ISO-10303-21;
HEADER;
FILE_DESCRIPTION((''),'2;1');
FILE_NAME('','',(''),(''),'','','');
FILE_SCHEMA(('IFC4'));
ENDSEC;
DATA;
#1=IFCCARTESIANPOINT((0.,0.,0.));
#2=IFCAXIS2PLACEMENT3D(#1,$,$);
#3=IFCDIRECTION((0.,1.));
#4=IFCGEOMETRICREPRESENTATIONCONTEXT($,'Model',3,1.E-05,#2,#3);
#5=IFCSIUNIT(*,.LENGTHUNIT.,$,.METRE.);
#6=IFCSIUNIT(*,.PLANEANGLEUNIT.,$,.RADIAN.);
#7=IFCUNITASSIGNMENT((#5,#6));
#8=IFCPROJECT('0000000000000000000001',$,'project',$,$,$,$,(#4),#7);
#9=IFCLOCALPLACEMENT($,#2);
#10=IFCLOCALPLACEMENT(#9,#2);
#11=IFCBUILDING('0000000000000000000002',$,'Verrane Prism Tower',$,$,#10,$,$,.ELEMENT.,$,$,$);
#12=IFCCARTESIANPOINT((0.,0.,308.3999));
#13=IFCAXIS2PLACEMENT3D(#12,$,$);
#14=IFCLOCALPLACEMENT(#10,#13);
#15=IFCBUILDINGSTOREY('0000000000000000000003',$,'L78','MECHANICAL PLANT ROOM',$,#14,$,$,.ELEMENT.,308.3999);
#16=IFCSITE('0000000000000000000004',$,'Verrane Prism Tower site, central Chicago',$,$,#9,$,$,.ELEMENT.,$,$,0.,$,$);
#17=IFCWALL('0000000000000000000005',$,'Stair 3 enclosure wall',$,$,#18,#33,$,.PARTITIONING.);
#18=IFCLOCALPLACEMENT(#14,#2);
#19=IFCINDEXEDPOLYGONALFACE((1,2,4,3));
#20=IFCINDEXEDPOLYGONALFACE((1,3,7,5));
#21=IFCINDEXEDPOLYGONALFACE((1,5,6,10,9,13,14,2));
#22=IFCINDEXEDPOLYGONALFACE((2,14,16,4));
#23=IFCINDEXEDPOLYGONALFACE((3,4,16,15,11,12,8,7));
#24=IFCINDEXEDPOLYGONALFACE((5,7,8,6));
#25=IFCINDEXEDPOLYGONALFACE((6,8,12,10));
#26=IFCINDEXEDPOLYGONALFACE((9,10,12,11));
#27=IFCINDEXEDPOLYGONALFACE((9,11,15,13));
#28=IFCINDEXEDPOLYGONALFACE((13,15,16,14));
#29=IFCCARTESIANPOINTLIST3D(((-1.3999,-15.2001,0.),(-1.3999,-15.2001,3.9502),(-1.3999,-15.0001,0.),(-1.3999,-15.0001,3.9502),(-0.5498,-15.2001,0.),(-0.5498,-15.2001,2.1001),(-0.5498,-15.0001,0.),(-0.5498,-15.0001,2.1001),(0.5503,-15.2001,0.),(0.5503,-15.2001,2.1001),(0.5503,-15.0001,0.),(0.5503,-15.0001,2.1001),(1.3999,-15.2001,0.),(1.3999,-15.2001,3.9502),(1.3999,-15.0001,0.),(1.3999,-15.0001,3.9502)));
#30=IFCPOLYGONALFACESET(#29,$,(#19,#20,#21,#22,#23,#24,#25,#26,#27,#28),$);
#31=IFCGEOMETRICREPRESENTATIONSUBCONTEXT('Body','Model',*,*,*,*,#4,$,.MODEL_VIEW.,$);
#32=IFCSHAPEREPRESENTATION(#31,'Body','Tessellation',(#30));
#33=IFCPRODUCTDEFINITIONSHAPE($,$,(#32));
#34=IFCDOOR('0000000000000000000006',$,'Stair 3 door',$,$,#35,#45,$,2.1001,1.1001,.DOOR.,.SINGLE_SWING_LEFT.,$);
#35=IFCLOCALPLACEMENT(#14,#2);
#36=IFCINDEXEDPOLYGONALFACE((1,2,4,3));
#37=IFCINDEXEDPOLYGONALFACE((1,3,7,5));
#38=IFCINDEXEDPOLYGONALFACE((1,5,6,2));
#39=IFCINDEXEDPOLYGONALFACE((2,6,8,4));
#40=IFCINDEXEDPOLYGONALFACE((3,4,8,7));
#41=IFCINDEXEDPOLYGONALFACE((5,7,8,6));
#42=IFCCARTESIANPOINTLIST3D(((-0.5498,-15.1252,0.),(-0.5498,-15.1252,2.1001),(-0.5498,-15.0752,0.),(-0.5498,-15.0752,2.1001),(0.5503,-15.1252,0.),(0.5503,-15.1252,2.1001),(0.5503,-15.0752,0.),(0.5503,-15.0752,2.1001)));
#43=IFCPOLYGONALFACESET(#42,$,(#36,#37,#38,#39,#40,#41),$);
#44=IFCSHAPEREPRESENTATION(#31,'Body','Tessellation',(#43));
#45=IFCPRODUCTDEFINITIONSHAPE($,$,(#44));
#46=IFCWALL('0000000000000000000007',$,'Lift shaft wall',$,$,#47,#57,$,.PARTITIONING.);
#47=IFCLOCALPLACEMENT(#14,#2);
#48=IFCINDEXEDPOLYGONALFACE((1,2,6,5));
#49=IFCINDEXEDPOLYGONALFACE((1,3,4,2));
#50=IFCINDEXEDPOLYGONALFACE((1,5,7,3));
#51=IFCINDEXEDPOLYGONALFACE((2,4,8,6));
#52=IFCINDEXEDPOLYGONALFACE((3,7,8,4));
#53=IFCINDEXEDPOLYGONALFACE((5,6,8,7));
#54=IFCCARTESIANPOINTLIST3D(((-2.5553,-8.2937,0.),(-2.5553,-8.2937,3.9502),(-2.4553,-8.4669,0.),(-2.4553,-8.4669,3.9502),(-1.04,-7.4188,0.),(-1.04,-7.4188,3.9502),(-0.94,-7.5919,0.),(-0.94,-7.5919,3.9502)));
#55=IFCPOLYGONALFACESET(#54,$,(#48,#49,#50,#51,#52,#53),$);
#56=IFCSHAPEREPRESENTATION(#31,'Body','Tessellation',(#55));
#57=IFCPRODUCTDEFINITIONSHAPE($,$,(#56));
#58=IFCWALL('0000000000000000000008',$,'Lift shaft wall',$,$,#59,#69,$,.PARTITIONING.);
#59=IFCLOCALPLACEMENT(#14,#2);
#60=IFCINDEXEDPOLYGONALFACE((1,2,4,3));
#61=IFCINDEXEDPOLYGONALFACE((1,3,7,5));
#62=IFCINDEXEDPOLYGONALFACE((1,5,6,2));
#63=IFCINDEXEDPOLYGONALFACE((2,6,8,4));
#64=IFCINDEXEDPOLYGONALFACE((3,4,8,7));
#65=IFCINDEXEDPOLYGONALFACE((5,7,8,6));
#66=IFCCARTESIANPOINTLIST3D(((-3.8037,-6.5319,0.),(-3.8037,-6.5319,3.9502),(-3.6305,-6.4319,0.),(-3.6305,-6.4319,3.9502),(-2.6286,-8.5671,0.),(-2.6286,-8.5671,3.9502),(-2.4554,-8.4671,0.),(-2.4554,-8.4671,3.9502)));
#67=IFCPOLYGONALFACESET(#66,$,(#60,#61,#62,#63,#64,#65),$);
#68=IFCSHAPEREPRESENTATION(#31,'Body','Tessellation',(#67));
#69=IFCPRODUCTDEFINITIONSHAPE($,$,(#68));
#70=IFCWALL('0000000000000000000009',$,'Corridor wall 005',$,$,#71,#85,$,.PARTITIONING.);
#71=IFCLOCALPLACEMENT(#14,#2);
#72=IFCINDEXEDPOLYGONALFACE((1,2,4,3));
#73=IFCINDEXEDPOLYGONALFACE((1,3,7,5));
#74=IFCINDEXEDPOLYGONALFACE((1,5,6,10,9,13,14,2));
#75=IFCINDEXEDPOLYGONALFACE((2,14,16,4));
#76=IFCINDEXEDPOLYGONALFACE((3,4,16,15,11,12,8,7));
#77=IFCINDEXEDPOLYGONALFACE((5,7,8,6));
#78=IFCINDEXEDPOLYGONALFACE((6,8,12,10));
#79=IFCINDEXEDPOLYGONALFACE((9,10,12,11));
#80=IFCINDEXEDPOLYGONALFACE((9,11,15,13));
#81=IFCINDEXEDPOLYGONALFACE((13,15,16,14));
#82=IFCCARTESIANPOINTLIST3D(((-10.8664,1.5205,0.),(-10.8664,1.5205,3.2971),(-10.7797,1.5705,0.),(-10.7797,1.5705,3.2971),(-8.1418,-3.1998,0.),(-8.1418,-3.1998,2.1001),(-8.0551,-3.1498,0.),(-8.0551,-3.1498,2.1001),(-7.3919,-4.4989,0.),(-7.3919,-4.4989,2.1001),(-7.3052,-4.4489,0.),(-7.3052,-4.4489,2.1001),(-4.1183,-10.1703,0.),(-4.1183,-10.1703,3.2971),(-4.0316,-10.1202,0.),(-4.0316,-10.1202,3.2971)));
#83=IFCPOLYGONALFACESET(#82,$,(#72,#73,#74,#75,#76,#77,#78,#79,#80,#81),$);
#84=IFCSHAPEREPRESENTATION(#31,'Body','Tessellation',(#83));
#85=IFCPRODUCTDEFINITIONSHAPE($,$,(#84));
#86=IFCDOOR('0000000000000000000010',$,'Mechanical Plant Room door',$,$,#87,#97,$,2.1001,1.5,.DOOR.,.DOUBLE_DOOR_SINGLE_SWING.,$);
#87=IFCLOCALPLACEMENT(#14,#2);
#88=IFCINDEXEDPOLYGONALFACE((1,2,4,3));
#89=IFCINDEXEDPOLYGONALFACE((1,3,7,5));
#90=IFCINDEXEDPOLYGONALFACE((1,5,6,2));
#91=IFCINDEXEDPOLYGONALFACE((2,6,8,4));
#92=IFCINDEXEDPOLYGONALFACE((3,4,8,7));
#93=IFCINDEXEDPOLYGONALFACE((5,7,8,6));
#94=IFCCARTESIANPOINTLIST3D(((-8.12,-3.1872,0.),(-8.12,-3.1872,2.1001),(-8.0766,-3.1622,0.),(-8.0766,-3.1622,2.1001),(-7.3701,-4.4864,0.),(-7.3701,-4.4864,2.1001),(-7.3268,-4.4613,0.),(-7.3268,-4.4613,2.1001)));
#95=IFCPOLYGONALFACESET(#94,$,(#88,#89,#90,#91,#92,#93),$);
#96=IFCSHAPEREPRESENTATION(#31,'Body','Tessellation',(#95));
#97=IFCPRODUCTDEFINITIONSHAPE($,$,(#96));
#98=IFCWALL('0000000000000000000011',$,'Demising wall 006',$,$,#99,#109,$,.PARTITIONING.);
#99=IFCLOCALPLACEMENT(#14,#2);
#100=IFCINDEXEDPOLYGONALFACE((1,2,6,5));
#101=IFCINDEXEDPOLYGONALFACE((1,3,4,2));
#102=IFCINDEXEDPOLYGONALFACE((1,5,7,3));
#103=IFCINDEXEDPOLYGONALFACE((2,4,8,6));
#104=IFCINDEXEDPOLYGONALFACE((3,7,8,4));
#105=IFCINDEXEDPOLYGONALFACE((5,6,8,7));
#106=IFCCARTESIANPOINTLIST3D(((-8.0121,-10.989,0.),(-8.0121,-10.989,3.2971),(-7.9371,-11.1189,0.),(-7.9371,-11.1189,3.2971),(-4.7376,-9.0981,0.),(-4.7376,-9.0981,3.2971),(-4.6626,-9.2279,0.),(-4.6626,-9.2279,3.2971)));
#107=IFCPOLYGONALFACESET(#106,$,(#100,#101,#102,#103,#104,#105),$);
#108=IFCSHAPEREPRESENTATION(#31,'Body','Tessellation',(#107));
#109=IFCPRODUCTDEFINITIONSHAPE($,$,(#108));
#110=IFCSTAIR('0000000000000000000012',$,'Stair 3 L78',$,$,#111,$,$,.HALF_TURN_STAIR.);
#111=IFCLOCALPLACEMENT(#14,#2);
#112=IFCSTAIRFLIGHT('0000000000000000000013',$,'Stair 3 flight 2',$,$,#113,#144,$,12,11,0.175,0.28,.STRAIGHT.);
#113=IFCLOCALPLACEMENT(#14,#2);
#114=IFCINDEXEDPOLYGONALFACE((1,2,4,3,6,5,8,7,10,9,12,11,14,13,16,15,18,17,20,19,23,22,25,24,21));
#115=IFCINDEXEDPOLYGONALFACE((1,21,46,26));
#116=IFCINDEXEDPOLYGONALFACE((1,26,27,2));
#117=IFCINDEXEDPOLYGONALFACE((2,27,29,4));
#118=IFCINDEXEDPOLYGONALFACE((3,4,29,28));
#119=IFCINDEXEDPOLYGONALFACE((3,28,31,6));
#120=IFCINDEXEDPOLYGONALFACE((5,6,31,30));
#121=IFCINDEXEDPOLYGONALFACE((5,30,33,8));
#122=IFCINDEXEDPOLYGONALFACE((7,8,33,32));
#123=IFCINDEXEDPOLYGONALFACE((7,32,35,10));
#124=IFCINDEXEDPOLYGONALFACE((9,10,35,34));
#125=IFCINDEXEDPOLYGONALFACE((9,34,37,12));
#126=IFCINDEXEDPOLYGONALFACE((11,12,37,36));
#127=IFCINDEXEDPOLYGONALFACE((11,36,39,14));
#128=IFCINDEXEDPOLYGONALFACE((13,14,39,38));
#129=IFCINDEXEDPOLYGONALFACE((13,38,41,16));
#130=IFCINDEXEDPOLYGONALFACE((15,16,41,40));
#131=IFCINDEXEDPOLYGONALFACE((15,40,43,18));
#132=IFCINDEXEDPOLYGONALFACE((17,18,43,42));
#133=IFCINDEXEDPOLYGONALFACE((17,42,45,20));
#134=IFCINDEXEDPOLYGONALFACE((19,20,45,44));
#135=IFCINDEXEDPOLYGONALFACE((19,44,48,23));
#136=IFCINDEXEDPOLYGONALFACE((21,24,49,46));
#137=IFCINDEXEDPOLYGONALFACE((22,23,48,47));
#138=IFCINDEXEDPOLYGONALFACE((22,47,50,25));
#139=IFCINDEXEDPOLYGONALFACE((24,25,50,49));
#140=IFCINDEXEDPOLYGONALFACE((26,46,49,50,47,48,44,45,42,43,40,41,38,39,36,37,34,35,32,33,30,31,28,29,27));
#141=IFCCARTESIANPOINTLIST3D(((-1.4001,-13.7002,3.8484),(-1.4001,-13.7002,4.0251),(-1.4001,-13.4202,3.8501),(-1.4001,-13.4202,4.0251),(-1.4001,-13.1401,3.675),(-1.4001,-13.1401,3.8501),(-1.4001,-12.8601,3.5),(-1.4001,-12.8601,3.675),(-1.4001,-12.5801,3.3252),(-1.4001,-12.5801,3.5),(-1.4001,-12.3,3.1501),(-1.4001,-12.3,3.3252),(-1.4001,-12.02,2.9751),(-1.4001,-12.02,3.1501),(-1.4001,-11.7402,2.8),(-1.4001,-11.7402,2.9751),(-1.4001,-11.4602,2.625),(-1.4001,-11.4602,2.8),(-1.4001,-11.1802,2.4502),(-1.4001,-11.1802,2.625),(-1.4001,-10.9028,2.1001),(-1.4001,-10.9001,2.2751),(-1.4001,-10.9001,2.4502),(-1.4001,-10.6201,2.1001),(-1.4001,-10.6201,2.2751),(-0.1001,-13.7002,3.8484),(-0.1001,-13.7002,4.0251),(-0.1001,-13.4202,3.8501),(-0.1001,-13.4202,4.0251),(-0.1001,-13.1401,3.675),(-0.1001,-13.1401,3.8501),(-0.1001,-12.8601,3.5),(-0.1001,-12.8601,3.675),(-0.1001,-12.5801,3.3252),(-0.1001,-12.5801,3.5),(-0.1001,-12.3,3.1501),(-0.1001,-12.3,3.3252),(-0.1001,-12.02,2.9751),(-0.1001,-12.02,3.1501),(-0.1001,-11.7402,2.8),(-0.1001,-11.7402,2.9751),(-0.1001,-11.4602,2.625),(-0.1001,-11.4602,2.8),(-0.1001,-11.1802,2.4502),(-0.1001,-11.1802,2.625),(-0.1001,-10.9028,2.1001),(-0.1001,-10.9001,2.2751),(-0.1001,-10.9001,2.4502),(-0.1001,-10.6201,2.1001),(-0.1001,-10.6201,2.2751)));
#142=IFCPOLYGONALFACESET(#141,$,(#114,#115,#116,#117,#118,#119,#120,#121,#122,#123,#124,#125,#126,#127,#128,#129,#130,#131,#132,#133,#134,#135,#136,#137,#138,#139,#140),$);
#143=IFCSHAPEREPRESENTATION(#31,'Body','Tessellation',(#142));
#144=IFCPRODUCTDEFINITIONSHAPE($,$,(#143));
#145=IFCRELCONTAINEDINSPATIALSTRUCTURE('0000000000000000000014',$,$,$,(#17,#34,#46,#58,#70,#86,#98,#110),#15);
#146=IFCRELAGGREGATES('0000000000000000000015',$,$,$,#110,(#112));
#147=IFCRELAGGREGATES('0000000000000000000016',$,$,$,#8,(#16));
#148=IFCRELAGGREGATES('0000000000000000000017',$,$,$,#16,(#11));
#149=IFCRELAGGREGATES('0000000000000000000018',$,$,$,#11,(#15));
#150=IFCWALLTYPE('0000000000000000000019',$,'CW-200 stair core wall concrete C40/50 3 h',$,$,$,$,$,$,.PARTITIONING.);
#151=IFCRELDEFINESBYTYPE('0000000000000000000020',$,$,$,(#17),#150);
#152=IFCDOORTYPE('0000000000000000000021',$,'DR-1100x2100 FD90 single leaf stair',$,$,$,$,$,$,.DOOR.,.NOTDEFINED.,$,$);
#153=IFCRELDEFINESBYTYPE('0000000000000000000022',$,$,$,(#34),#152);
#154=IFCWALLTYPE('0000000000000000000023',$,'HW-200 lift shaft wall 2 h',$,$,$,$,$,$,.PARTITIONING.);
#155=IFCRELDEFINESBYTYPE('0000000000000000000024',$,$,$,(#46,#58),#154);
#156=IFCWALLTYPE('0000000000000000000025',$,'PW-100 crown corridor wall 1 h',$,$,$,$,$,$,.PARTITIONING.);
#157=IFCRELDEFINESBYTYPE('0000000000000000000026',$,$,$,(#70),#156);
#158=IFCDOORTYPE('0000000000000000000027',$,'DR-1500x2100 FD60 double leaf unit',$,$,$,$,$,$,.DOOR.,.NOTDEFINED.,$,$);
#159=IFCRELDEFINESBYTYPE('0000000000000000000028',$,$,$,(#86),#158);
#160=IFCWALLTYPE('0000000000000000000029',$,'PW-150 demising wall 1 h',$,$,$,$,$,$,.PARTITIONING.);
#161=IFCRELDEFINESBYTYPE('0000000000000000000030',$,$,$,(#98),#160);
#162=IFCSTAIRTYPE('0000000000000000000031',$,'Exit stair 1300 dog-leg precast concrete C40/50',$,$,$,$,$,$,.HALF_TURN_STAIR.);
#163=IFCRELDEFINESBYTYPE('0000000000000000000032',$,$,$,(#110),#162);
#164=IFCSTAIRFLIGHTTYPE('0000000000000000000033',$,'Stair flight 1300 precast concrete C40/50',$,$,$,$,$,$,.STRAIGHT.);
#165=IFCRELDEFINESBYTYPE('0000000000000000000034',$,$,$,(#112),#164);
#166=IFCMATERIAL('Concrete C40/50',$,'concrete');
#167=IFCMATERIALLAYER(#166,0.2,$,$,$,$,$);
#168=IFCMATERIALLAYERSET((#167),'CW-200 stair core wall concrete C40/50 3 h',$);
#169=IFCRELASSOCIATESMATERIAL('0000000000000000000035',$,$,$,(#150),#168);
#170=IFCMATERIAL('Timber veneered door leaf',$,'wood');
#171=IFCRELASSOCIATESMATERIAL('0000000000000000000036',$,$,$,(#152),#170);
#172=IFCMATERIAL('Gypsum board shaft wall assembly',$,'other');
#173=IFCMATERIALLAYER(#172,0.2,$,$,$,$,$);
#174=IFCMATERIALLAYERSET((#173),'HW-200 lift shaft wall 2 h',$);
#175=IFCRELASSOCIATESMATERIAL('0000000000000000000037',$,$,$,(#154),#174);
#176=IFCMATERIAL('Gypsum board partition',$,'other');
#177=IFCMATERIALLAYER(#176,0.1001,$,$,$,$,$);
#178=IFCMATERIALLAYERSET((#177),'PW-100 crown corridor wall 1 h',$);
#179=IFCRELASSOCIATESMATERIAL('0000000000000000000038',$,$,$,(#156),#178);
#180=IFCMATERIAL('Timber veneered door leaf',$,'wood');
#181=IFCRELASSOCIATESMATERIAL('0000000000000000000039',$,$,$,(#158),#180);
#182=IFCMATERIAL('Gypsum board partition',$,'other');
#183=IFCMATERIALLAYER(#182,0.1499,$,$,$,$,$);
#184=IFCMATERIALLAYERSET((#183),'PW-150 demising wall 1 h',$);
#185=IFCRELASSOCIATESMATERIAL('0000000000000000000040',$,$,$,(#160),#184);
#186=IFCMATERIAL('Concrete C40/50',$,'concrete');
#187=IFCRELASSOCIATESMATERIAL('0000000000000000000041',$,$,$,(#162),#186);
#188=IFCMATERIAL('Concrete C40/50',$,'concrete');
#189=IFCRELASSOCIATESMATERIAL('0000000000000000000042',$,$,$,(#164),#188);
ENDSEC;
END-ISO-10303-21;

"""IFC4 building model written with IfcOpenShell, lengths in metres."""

from ifc_helpers import new_model, si_unit, direction, frame, frame_2d, origin, place, context, subcontext, project, spatial, polyline, rectangle, outline, extrude, material, layer, layer_set, type_object, element, fill, aggregate, save


model = new_model("IFC4")

# Units and contexts
model_context = context("Model", 3, precision=1e-05, world=origin(), true_north=direction((0.0, 1.0)))
body_context = subcontext(model_context, "Body", "Model", "MODEL_VIEW")
ifc_project = project(units=[si_unit("LENGTHUNIT", "METRE"), si_unit("PLANEANGLEUNIT", "RADIAN")], contexts=[model_context])

# Site, building, storey
site_placement = place(None, origin())
site = spatial("IfcSite", under=ifc_project, at=site_placement, Name="Verrane Prism Tower site, central Chicago", CompositionType="ELEMENT", RefElevation=0.0)
building_placement = place(site_placement, origin())
building = spatial("IfcBuilding", under=site, at=building_placement, Name="Verrane Prism Tower", CompositionType="ELEMENT")
storey_placement = place(building_placement, frame((0.0, 0.0, 308.3999)))
storey = spatial("IfcBuildingStorey", under=building, at=storey_placement, Name="L78", Description="MECHANICAL PLANT ROOM", CompositionType="ELEMENT", Elevation=308.3999)

# Wall, opening, door
ifc_material_1 = material(Name="Concrete C40/50", Category="concrete")
ifc_layer_1 = layer(ifc_material_1, 0.2)
ifc_layer_set_1 = layer_set([ifc_layer_1], Name="CW-200 stair core wall concrete C40/50 3 h")
wall_type_1 = type_object("IfcWallType", Name="CW-200 stair core wall concrete C40/50 3 h", PredefinedType="PARTITIONING", material=ifc_layer_set_1)
wall_1_placement = place(storey_placement, frame((-1.3999, -15.1001, 0.0), z_axis=(0.0, 0.0, 1.0), x_axis=(1.0, 0.0, 0.0)))
wall_1 = element("IfcWall", 1, at=wall_1_placement, inside=storey, type_object=wall_type_1, Name="Stair 3 enclosure wall", PredefinedType="PARTITIONING", context=body_context, shape_type="SweptSolid", body=[
    extrude(rectangle(XDim=2.7998, YDim=0.2, at=frame_2d((1.3999, 0.0))), origin(), (0.0, 0.0, 1.0), 3.9502),
])
opening_1_placement = place(wall_1_placement, frame((0.8501, 0.0, 0.0)))
opening_1 = element("IfcOpeningElement", 2, at=opening_1_placement, cuts=wall_1, PredefinedType="OPENING", context=body_context, shape_type="SweptSolid", body=[
    extrude(rectangle(XDim=1.1001, YDim=2.1001, at=frame_2d((0.55, 1.05))), frame((0.0, 0.1099, 0.0), z_axis=(0.0, -1.0, 0.0), x_axis=(1.0, 0.0, 0.0)), (0.0, 0.0, 1.0), 0.22),
])
ifc_material_2 = material(Name="Timber veneered door leaf", Category="wood")
door_type_1 = type_object("IfcDoorType", Name="DR-1100x2100 FD90 single leaf stair", OperationType="NOTDEFINED", PredefinedType="DOOR", material=ifc_material_2)
door_1_placement = place(opening_1_placement, origin())
door_1 = element("IfcDoor", 3, at=door_1_placement, inside=storey, type_object=door_type_1, Name="Stair 3 door", OperationType="SINGLE_SWING_LEFT", OverallHeight=2.1001, OverallWidth=1.1001, PredefinedType="DOOR", context=body_context, shape_type="SweptSolid", body=[
    extrude(rectangle(XDim=1.1001, YDim=2.1001, at=frame_2d((0.55, 1.05))), frame((0.0, 0.0249, 0.0), z_axis=(0.0, -1.0, 0.0), x_axis=(1.0, 0.0, 0.0)), (0.0, 0.0, 1.0), 0.05),
])
fill(opening_1, door_1)

# Walls
ifc_material_3 = material(Name="Gypsum board shaft wall assembly", Category="other")
ifc_layer_2 = layer(ifc_material_3, 0.2)
ifc_layer_set_2 = layer_set([ifc_layer_2], Name="HW-200 lift shaft wall 2 h")
wall_type_2 = type_object("IfcWallType", Name="HW-200 lift shaft wall 2 h", PredefinedType="PARTITIONING", material=ifc_layer_set_2)
wall_2_placement = place(storey_placement, frame((-2.5054, -8.3804, 0.0), z_axis=(0.0, 0.0, 1.0), x_axis=(0.866002, 0.50004, 0.0)))
element("IfcWall", 4, at=wall_2_placement, inside=storey, type_object=wall_type_2, Name="Lift shaft wall", PredefinedType="PARTITIONING", context=body_context, shape_type="SweptSolid", body=[
    extrude(rectangle(XDim=1.7498, YDim=0.2, at=frame_2d((0.875, 0.0))), origin(), (0.0, 0.0, 1.0), 3.9502),
])
wall_3_placement = place(storey_placement, frame((-2.542, -8.5171, 0.0), z_axis=(0.0, 0.0, 1.0), x_axis=(-0.500016, 0.866016, 0.0)))
element("IfcWall", 5, at=wall_3_placement, inside=storey, type_object=wall_type_2, Name="Lift shaft wall", PredefinedType="PARTITIONING", context=body_context, shape_type="SweptSolid", body=[
    extrude(rectangle(XDim=2.3501, YDim=0.2, at=frame_2d((1.175, 0.0))), origin(), (0.0, 0.0, 1.0), 3.9502),
])

# Wall, opening, door
ifc_material_4 = material(Name="Gypsum board partition", Category="other")
ifc_layer_3 = layer(ifc_material_4, 0.1001)
ifc_layer_set_3 = layer_set([ifc_layer_3], Name="PW-100 crown corridor wall 1 h")
wall_type_3 = type_object("IfcWallType", Name="PW-100 crown corridor wall 1 h", PredefinedType="PARTITIONING", material=ifc_layer_set_3)
wall_4_placement = place(storey_placement, frame((-4.075, -10.1453, 0.0), z_axis=(0.0, 0.0, 1.0), x_axis=(-0.499913, 0.866076, 0.0)))
wall_4 = element("IfcWall", 6, at=wall_4_placement, inside=storey, type_object=wall_type_3, Name="Corridor wall 005", PredefinedType="PARTITIONING", context=body_context, shape_type="SweptSolid", body=[
    extrude(rectangle(XDim=13.4985, YDim=0.1001, at=frame_2d((6.7493, 0.0))), origin(), (0.0, 0.0, 1.0), 3.2971),
])
opening_2_placement = place(wall_4_placement, frame((6.5483, 0.0, 0.0)))
opening_2 = element("IfcOpeningElement", 7, at=opening_2_placement, cuts=wall_4, PredefinedType="OPENING", context=body_context, shape_type="SweptSolid", body=[
    extrude(rectangle(XDim=1.5, YDim=2.1001, at=frame_2d((0.75, 1.05))), frame((0.0, 0.0601, 0.0), z_axis=(0.0, -1.0, 0.0), x_axis=(1.0, 0.0, 0.0)), (0.0, 0.0, 1.0), 0.1201),
])
ifc_material_5 = material(Name="Timber veneered door leaf", Category="wood")
door_type_2 = type_object("IfcDoorType", Name="DR-1500x2100 FD60 double leaf unit", OperationType="NOTDEFINED", PredefinedType="DOOR", material=ifc_material_5)
door_2_placement = place(opening_2_placement, origin())
door_2 = element("IfcDoor", 8, at=door_2_placement, inside=storey, type_object=door_type_2, Name="Mechanical Plant Room door", OperationType="DOUBLE_DOOR_SINGLE_SWING", OverallHeight=2.1001, OverallWidth=1.5, PredefinedType="DOOR", context=body_context, shape_type="SweptSolid", body=[
    extrude(rectangle(XDim=1.5, YDim=2.1001, at=frame_2d((0.75, 1.05))), frame((0.0, 0.0249, 0.0), z_axis=(0.0, -1.0, 0.0), x_axis=(1.0, 0.0, 0.0)), (0.0, 0.0, 1.0), 0.05),
])
fill(opening_2, door_2)

# Wall
ifc_material_6 = material(Name="Gypsum board partition", Category="other")
ifc_layer_4 = layer(ifc_material_6, 0.1499)
ifc_layer_set_4 = layer_set([ifc_layer_4], Name="PW-150 demising wall 1 h")
wall_type_4 = type_object("IfcWallType", Name="PW-150 demising wall 1 h", PredefinedType="PARTITIONING", material=ifc_layer_set_4)
wall_5_placement = place(storey_placement, frame((-7.9746, -11.054, 0.0), z_axis=(0.0, 0.0, 1.0), x_axis=(0.865981, 0.500076, 0.0)))
element("IfcWall", 9, at=wall_5_placement, inside=storey, type_object=wall_type_4, Name="Demising wall 006", PredefinedType="PARTITIONING", context=body_context, shape_type="SweptSolid", body=[
    extrude(rectangle(XDim=3.7812, YDim=0.1499, at=frame_2d((1.8906, 0.0))), origin(), (0.0, 0.0, 1.0), 3.2971),
])

# Stair, stair flight
ifc_material_7 = material(Name="Concrete C40/50", Category="concrete")
stair_type = type_object("IfcStairType", Name="Exit stair 1300 dog-leg precast concrete C40/50", PredefinedType="HALF_TURN_STAIR", material=ifc_material_7)
stair_placement = place(storey_placement, origin())
stair = element("IfcStair", 10, at=stair_placement, inside=storey, type_object=stair_type, Name="Stair 3 L78", PredefinedType="HALF_TURN_STAIR")
ifc_material_8 = material(Name="Concrete C40/50", Category="concrete")
stair_flight_type = type_object("IfcStairFlightType", Name="Stair flight 1300 precast concrete C40/50", PredefinedType="STRAIGHT", material=ifc_material_8)
stair_flight_placement = place(storey_placement, frame((-0.75, -10.6201, 2.1001), z_axis=(0.0, 0.0, 1.0), x_axis=(0.0, -1.0, 0.0)))
stair_flight = element("IfcStairFlight", 11, at=stair_flight_placement, type_object=stair_flight_type, Name="Stair 3 flight 2", NumberOfRisers=12, NumberOfTreads=11, PredefinedType="STRAIGHT", RiserHeight=0.175, TreadLength=0.28, context=body_context, shape_type="SweptSolid", body=[
    extrude(outline(polyline([(0.0, 0.0), (0.0, 0.175), (0.28, 0.175), (0.28, 0.3501), (0.5601, 0.3501), (0.5601, 0.5249), (0.8401, 0.5249), (0.8401, 0.7), (1.1201, 0.7), (1.1201, 0.875), (1.3999, 0.875), (1.3999, 1.05), (1.6799, 1.05), (1.6799, 1.2251), (1.96, 1.2251), (1.96, 1.3999), (2.24, 1.3999), (2.24, 1.575), (2.52, 1.575), (2.52, 1.75), (2.8, 1.75), (2.8, 1.925), (3.0801, 1.925), (3.0801, 2.1001), (3.0801, 1.7483), (0.2827, 0.0), (0.0, 0.0)])), frame((0.0, 0.6499, 0.0), z_axis=(0.0, -1.0, 0.0), x_axis=(1.0, 0.0, 0.0)), (0.0, 0.0, 1.0), 1.3),
])
aggregate(stair, [stair_flight])

save(model, "model.ifc")
